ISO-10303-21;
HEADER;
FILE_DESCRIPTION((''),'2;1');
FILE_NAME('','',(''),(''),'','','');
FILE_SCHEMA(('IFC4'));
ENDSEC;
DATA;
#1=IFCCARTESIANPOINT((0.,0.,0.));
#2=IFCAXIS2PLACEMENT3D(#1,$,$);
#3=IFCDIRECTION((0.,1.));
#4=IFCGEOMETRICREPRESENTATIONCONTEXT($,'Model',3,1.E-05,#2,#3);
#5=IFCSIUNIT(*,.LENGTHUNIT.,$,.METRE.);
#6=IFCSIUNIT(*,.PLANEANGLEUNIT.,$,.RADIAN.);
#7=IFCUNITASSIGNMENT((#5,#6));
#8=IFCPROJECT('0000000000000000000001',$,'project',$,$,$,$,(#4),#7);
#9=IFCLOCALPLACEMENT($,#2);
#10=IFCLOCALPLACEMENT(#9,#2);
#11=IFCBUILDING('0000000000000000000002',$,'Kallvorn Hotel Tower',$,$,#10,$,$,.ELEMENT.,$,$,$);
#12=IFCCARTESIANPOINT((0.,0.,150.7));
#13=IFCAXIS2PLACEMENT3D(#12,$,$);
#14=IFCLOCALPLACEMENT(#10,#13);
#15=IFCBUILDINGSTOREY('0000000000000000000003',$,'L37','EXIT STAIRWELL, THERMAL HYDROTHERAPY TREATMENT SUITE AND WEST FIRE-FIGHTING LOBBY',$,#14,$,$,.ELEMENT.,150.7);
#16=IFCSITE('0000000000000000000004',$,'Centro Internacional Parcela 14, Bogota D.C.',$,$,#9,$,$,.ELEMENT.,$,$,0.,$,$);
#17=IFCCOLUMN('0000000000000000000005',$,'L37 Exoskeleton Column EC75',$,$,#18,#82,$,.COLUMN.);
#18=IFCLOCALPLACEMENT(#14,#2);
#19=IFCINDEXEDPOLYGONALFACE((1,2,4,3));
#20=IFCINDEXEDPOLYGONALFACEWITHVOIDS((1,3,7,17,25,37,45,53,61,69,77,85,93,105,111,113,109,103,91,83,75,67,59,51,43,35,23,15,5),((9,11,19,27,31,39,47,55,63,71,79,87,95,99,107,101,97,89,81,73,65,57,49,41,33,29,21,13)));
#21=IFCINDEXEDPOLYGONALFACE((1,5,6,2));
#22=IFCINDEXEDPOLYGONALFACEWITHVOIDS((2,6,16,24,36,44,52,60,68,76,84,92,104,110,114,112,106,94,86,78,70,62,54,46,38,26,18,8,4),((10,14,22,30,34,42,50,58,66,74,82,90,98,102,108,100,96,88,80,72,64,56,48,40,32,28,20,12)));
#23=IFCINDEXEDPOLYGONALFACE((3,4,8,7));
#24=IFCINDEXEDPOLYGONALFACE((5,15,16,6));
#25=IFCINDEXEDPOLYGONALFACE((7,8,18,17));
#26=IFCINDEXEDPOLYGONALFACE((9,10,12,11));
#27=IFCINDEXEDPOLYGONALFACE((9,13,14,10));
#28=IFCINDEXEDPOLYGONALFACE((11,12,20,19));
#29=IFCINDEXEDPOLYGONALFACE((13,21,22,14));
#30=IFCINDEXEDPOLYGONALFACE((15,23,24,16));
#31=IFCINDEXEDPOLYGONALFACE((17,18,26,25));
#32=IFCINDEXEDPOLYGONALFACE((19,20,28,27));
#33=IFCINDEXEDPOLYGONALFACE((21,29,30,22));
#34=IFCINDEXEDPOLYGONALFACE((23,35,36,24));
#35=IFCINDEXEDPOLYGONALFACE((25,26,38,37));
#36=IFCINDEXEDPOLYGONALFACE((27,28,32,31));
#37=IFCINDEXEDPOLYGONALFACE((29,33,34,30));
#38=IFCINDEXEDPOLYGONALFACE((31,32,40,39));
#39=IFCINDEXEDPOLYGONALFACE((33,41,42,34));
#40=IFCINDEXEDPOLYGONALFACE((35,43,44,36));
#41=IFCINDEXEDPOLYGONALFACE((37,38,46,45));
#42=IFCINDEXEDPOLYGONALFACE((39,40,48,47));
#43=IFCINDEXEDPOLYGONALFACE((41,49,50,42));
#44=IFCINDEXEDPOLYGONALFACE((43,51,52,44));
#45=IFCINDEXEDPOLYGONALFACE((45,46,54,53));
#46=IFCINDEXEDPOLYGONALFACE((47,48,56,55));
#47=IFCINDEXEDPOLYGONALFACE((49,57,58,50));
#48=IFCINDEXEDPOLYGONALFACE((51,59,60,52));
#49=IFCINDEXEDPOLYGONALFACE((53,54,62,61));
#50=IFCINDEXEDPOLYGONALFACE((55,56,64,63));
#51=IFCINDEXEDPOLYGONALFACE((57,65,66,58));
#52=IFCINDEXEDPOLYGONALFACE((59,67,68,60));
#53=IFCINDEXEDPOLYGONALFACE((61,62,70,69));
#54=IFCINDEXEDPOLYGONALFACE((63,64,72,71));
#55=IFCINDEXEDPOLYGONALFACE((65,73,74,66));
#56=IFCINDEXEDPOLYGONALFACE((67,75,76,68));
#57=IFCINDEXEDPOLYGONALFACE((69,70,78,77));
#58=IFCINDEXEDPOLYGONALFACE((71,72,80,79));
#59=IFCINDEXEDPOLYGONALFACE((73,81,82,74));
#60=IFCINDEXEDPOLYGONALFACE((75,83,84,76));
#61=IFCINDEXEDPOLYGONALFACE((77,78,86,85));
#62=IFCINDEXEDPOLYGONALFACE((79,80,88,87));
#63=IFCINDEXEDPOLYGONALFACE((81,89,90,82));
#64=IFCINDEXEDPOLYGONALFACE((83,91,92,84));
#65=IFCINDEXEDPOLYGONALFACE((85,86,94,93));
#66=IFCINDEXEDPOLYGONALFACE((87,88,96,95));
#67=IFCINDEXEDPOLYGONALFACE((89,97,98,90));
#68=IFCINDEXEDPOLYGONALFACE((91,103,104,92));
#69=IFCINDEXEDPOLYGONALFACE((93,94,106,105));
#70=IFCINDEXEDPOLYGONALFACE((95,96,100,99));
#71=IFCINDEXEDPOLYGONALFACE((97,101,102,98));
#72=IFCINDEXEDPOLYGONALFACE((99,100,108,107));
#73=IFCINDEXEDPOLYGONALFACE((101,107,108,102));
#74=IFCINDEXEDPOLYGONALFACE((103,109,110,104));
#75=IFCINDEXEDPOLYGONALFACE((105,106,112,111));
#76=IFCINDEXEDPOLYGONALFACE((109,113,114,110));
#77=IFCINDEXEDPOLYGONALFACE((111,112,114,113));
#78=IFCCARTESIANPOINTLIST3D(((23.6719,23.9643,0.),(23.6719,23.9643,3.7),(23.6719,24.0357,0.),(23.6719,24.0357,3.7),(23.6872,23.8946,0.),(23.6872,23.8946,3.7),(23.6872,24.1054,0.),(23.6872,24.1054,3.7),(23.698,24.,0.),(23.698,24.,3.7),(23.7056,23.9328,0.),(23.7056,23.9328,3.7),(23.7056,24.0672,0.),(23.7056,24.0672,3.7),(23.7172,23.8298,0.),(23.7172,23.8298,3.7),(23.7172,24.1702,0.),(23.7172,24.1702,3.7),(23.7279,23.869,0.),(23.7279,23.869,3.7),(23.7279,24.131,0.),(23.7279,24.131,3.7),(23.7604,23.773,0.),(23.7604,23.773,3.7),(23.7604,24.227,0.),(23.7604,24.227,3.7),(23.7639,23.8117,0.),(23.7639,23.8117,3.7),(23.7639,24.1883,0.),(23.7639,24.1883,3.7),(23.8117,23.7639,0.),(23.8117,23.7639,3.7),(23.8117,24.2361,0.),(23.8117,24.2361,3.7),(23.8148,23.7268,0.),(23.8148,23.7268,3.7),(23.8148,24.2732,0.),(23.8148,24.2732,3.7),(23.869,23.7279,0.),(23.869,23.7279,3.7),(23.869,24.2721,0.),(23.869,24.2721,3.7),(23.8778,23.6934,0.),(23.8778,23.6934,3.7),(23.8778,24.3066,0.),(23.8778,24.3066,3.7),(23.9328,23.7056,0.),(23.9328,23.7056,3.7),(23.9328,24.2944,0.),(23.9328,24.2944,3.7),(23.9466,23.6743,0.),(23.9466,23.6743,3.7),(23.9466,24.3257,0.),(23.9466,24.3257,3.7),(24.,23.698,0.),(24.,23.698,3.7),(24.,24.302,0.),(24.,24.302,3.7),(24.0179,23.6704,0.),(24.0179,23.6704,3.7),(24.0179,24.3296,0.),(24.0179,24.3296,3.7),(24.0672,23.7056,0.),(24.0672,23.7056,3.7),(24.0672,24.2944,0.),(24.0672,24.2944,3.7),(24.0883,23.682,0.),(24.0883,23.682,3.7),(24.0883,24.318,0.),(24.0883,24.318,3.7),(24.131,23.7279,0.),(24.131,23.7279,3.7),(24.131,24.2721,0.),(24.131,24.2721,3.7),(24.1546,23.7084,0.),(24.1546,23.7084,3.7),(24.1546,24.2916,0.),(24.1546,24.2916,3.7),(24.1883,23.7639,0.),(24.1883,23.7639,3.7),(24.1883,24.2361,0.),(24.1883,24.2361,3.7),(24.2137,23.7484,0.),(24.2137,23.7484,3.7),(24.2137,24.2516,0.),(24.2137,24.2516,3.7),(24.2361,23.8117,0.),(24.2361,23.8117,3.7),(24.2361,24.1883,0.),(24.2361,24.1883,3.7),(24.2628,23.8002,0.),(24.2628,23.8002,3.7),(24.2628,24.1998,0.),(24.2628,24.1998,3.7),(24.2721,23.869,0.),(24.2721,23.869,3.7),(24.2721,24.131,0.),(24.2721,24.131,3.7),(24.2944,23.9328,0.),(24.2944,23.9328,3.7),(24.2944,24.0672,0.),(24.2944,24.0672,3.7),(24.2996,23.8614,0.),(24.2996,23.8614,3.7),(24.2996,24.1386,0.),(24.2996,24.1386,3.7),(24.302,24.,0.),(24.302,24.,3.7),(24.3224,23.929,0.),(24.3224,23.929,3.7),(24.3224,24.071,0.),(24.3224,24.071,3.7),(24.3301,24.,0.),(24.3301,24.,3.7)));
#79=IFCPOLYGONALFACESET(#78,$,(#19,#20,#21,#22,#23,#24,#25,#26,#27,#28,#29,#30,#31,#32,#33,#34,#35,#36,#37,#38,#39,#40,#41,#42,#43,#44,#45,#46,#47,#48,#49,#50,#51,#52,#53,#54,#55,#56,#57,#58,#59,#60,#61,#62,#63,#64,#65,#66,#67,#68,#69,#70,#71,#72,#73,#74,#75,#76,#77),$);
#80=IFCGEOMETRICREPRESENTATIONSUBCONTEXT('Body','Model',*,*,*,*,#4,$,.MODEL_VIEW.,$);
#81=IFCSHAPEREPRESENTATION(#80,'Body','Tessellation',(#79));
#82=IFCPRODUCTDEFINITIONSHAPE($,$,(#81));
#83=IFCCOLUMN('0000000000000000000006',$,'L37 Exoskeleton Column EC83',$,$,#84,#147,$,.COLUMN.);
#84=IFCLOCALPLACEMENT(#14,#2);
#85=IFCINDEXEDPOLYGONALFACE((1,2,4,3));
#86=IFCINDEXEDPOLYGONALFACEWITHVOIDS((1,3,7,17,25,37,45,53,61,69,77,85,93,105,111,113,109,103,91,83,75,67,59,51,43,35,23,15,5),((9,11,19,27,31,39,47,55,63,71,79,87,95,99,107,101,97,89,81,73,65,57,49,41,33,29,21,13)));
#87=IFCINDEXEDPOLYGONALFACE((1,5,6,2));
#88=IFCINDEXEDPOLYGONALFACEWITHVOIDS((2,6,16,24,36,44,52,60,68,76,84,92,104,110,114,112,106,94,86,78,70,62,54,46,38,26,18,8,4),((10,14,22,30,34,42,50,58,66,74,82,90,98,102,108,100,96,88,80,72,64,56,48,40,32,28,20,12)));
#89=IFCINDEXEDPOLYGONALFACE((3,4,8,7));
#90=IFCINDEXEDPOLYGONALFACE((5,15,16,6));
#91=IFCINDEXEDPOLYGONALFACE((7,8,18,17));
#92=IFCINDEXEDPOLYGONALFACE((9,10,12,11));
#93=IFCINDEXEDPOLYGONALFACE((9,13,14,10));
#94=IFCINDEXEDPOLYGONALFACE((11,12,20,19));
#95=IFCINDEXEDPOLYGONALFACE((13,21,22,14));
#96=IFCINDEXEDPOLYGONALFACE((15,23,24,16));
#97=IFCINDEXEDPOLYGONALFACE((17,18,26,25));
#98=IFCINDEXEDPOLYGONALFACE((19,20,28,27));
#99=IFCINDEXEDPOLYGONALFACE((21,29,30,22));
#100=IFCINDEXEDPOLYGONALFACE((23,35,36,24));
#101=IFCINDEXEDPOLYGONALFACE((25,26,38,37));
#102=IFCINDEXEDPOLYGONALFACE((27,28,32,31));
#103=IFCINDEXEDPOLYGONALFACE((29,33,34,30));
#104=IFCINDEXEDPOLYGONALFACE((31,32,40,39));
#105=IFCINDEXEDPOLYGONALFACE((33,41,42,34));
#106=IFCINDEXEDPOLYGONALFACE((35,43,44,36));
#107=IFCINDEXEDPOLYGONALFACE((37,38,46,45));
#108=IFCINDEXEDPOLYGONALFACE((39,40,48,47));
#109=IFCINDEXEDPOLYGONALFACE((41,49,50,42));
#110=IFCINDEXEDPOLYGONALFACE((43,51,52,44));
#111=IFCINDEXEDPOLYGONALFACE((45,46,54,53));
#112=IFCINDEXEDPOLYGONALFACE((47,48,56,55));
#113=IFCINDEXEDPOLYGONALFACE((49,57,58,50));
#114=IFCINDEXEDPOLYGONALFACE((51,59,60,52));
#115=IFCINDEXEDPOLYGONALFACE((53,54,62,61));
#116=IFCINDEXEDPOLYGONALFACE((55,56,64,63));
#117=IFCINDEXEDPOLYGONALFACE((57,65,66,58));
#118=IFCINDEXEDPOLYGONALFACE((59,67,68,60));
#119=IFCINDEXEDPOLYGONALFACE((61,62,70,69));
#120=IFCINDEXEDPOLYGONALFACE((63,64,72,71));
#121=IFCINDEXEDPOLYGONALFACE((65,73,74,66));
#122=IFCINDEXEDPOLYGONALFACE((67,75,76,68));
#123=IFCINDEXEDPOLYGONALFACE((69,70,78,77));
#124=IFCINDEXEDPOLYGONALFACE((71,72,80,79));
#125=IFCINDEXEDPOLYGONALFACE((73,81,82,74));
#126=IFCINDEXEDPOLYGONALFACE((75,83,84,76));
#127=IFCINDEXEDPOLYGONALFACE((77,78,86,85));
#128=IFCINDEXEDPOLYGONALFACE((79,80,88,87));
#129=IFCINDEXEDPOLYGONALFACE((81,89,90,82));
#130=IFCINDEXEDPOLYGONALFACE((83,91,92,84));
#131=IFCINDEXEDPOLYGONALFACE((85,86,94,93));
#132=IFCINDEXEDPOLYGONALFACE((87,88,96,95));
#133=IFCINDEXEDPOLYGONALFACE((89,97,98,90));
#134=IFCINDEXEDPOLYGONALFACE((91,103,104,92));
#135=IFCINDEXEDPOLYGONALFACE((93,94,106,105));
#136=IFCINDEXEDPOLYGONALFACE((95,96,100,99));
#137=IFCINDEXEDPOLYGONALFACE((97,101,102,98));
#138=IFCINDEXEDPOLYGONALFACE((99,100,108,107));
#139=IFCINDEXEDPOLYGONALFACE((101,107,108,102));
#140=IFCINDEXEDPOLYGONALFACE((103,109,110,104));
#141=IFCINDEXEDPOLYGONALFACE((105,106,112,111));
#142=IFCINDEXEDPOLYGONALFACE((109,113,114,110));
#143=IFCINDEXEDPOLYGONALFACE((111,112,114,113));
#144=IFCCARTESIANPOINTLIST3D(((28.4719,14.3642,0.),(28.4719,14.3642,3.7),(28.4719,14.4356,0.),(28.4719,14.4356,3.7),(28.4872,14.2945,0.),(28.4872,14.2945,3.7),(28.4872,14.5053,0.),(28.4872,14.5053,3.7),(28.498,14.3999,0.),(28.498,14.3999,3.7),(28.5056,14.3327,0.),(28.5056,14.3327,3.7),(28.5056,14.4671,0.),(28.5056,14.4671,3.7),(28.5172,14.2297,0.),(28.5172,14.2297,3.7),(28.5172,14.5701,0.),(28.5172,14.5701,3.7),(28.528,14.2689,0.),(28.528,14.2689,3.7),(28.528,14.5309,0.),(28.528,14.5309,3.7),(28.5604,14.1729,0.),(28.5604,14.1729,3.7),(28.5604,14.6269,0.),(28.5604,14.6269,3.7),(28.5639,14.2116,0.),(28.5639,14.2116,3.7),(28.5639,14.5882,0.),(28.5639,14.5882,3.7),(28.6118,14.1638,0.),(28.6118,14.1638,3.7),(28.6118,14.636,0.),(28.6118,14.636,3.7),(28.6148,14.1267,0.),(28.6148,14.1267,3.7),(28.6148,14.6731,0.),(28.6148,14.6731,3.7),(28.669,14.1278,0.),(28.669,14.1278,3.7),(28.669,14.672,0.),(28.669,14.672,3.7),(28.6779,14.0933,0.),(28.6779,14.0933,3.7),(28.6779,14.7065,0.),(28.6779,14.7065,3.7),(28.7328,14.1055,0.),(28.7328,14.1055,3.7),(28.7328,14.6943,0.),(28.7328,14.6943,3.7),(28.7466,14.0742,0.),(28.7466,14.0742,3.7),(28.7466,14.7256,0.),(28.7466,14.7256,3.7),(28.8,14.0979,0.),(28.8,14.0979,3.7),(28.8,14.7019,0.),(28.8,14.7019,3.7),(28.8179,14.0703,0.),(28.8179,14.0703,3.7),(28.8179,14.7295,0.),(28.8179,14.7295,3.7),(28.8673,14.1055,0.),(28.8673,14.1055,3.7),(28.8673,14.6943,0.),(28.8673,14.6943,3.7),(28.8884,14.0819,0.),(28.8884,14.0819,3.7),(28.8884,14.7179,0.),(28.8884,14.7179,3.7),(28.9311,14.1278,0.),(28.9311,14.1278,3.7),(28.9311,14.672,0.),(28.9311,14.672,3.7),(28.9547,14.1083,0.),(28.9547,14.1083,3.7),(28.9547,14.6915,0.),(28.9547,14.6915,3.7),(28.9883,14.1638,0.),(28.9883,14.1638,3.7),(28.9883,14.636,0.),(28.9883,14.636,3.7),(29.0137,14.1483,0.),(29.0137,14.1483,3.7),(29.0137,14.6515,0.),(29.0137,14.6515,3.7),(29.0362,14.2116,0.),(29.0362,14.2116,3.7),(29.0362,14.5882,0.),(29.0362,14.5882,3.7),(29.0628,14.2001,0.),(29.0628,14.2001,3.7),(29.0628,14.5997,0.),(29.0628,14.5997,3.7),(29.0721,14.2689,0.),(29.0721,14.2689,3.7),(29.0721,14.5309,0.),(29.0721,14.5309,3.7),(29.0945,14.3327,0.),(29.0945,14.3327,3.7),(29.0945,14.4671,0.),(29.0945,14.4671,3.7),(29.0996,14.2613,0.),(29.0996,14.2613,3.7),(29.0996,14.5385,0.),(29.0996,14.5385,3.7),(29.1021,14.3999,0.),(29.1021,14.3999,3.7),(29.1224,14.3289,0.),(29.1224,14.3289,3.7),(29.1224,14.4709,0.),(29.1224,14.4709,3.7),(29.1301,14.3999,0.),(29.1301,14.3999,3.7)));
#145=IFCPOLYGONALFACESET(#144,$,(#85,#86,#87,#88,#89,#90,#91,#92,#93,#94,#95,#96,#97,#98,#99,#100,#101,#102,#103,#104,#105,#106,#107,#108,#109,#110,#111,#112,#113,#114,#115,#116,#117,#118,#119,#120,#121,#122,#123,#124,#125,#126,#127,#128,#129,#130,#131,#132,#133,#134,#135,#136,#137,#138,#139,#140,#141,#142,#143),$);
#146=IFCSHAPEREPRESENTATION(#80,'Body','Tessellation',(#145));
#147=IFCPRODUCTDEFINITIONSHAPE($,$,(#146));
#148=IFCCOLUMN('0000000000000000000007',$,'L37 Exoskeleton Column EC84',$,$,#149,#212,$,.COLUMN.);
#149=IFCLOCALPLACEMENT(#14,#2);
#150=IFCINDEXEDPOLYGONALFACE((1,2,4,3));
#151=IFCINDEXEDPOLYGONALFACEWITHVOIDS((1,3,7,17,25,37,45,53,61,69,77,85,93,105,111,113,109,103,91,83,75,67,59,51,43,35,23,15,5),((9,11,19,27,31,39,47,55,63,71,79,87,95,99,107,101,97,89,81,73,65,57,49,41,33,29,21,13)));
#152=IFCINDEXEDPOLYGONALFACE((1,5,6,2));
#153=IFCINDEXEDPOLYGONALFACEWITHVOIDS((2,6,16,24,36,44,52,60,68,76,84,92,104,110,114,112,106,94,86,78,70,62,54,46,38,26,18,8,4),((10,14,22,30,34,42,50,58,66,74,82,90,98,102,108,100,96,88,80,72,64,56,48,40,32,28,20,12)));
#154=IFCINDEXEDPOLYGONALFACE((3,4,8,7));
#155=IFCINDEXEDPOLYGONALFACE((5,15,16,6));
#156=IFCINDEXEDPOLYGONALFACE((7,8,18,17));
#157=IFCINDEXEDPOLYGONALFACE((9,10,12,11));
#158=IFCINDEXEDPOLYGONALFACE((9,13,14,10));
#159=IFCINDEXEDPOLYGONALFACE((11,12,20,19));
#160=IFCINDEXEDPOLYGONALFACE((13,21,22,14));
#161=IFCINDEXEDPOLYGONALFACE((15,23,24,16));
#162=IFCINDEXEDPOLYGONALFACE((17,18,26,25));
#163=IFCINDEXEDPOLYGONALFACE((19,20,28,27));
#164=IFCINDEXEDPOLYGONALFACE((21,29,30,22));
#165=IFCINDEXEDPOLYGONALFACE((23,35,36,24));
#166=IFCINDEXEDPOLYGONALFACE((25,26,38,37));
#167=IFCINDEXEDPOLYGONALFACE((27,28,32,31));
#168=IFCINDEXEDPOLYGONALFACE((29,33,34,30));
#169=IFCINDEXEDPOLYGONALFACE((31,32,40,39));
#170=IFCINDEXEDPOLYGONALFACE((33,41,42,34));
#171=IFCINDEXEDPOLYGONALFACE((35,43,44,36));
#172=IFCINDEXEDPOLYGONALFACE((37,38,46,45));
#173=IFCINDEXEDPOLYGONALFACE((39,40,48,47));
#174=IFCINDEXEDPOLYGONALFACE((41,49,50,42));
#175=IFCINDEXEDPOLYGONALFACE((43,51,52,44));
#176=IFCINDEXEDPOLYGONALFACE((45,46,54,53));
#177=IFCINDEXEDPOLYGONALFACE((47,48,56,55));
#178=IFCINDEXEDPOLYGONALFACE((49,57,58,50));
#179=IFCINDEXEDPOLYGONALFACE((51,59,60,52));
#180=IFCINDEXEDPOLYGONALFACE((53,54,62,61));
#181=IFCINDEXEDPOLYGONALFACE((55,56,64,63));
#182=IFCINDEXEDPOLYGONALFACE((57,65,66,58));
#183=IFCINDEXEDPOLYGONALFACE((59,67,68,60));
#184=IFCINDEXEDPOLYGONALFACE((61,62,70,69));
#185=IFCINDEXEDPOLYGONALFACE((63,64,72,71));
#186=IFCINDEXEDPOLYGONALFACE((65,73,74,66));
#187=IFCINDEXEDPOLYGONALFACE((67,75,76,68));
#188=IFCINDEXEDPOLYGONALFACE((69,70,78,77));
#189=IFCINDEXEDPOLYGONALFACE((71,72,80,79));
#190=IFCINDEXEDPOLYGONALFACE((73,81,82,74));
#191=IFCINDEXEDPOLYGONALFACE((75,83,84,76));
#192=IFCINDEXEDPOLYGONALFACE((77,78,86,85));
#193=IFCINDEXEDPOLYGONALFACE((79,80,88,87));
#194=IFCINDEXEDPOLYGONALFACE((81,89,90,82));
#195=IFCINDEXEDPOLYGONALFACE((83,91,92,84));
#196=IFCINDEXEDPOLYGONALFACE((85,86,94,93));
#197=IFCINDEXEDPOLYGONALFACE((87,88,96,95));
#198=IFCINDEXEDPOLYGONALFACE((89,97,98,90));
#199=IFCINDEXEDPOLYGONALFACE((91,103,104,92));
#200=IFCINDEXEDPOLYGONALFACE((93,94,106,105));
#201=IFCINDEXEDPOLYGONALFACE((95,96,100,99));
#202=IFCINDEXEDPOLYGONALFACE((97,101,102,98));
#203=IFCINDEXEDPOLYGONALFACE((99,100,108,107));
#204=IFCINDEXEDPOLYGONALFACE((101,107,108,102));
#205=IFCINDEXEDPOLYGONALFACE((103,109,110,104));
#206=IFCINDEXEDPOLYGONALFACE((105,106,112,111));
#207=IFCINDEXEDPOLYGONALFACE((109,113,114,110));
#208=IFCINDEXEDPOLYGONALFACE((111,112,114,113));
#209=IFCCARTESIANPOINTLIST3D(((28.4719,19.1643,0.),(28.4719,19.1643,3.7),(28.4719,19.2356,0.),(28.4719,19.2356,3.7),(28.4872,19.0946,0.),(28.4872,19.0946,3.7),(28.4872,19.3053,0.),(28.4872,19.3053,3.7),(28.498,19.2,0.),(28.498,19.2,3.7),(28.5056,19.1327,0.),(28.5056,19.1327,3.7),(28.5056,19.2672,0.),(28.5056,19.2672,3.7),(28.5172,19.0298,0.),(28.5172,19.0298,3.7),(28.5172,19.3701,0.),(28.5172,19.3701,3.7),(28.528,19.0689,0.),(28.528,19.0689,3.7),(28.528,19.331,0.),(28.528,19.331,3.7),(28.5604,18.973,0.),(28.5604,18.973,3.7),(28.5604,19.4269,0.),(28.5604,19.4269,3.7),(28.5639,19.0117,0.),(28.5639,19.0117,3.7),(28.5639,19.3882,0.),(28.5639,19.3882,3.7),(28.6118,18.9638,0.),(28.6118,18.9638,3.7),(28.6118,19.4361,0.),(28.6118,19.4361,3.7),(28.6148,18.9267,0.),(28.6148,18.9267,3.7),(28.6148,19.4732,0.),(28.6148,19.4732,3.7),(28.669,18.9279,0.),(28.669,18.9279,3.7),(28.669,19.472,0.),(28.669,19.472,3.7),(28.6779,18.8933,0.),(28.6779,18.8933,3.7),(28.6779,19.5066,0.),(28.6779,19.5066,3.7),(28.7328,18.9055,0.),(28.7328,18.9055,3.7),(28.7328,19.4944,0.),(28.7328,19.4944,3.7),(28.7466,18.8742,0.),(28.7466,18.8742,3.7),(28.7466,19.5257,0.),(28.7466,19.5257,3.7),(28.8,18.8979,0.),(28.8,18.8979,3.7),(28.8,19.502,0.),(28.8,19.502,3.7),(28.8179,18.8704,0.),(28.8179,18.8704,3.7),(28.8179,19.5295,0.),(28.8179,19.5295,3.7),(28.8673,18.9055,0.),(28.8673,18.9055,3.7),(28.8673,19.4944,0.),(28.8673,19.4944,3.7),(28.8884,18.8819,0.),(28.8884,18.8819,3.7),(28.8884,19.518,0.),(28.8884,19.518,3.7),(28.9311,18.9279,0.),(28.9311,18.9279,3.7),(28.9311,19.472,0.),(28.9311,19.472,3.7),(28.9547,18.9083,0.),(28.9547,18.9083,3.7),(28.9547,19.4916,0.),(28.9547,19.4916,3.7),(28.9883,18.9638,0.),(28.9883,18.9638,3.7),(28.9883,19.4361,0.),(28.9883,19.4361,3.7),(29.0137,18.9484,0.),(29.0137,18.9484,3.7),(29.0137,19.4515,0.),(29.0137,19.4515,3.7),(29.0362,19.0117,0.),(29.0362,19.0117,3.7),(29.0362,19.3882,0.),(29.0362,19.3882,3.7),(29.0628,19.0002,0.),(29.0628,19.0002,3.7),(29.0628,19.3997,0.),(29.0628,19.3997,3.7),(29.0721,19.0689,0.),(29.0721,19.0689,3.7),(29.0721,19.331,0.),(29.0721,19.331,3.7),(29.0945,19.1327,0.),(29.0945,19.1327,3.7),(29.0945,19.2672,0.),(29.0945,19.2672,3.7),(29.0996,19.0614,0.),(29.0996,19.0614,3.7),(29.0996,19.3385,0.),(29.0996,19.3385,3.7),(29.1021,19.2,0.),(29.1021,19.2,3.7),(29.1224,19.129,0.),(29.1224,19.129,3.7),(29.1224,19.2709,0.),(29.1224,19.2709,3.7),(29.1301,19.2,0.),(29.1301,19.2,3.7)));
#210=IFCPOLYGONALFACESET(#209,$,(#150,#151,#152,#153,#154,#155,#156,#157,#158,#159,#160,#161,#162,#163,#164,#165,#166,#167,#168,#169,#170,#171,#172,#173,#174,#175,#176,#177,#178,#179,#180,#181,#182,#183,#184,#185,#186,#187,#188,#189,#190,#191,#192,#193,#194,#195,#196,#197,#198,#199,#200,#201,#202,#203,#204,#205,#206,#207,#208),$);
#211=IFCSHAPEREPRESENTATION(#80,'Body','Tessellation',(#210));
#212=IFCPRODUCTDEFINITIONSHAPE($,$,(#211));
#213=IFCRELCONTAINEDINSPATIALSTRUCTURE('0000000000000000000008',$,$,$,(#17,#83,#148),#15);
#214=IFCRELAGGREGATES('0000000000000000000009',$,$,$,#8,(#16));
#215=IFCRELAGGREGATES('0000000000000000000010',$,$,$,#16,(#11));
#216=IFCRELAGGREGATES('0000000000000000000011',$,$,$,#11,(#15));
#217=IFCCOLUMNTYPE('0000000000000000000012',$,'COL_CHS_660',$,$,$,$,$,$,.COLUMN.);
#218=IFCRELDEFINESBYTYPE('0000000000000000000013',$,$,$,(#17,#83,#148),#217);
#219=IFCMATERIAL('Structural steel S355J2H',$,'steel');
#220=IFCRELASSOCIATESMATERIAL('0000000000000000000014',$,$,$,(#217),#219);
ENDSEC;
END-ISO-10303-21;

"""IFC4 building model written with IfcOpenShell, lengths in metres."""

from ifc_helpers import new_model, si_unit, direction, frame, origin, origin_2d, place, context, subcontext, project, spatial, hollow_circle, extrude, material, material_profile, profile_set, type_object, element, save


model = new_model("IFC4")

# Units and contexts
model_context = context("Model", 3, precision=1e-05, world=origin(), true_north=direction((0.0, 1.0)))
body_context = subcontext(model_context, "Body", "Model", "MODEL_VIEW")
ifc_project = project(units=[si_unit("LENGTHUNIT", "METRE"), si_unit("PLANEANGLEUNIT", "RADIAN")], contexts=[model_context])

# Site, building, storey
site_placement = place(None, origin())
site = spatial("IfcSite", under=ifc_project, at=site_placement, Name="Centro Internacional Parcela 14, Bogota D.C.", CompositionType="ELEMENT", RefElevation=0.0)
building_placement = place(site_placement, origin())
building = spatial("IfcBuilding", under=site, at=building_placement, Name="Kallvorn Hotel Tower", CompositionType="ELEMENT")
storey_placement = place(building_placement, frame((0.0, 0.0, 150.7)))
storey = spatial("IfcBuildingStorey", under=building, at=storey_placement, Name="L37", Description="EXIT STAIRWELL, THERMAL HYDROTHERAPY TREATMENT SUITE AND WEST FIRE-FIGHTING LOBBY", CompositionType="ELEMENT", Elevation=150.7)

# Columns
ifc_material_1 = material(Name="Structural steel S355J2H", Category="steel")
ifc_material_profile_1 = material_profile(ifc_material_1, hollow_circle(Radius=0.3301, WallThickness=0.0281, at=origin_2d()), Name="CHS 660x28")
ifc_profile_set_1 = profile_set([ifc_material_profile_1], Name="Structural steel S355J2H")
column_type_1 = type_object("IfcColumnType", Name="COL_CHS_660", PredefinedType="COLUMN", material=ifc_profile_set_1)
for number, where, z_axis, x_axis, name in (
    (1, (24.0, 24.0, 0.0), (0.0, 0.0, 1.0), (1.0, 0.0, 0.0), "L37 Exoskeleton Column EC75"),
    (2, (28.8, 14.3999, 0.0), (0.0, 0.0, 1.0), (1.0, 0.0, 0.0), "L37 Exoskeleton Column EC83"),
    (3, (28.8, 19.2, 0.0), (0.0, 0.0, 1.0), (1.0, 0.0, 0.0), "L37 Exoskeleton Column EC84"),
):
    element("IfcColumn", number, at=place(storey_placement, frame(where, z_axis=z_axis, x_axis=x_axis)), inside=storey, type_object=column_type_1, Name=name, PredefinedType="COLUMN", context=body_context, shape_type="SweptSolid", body=[
        extrude(hollow_circle(Radius=0.3301, WallThickness=0.0281, at=origin_2d()), origin(), (0.0, 0.0, 1.0), 3.7),
    ])

save(model, "model.ifc")
